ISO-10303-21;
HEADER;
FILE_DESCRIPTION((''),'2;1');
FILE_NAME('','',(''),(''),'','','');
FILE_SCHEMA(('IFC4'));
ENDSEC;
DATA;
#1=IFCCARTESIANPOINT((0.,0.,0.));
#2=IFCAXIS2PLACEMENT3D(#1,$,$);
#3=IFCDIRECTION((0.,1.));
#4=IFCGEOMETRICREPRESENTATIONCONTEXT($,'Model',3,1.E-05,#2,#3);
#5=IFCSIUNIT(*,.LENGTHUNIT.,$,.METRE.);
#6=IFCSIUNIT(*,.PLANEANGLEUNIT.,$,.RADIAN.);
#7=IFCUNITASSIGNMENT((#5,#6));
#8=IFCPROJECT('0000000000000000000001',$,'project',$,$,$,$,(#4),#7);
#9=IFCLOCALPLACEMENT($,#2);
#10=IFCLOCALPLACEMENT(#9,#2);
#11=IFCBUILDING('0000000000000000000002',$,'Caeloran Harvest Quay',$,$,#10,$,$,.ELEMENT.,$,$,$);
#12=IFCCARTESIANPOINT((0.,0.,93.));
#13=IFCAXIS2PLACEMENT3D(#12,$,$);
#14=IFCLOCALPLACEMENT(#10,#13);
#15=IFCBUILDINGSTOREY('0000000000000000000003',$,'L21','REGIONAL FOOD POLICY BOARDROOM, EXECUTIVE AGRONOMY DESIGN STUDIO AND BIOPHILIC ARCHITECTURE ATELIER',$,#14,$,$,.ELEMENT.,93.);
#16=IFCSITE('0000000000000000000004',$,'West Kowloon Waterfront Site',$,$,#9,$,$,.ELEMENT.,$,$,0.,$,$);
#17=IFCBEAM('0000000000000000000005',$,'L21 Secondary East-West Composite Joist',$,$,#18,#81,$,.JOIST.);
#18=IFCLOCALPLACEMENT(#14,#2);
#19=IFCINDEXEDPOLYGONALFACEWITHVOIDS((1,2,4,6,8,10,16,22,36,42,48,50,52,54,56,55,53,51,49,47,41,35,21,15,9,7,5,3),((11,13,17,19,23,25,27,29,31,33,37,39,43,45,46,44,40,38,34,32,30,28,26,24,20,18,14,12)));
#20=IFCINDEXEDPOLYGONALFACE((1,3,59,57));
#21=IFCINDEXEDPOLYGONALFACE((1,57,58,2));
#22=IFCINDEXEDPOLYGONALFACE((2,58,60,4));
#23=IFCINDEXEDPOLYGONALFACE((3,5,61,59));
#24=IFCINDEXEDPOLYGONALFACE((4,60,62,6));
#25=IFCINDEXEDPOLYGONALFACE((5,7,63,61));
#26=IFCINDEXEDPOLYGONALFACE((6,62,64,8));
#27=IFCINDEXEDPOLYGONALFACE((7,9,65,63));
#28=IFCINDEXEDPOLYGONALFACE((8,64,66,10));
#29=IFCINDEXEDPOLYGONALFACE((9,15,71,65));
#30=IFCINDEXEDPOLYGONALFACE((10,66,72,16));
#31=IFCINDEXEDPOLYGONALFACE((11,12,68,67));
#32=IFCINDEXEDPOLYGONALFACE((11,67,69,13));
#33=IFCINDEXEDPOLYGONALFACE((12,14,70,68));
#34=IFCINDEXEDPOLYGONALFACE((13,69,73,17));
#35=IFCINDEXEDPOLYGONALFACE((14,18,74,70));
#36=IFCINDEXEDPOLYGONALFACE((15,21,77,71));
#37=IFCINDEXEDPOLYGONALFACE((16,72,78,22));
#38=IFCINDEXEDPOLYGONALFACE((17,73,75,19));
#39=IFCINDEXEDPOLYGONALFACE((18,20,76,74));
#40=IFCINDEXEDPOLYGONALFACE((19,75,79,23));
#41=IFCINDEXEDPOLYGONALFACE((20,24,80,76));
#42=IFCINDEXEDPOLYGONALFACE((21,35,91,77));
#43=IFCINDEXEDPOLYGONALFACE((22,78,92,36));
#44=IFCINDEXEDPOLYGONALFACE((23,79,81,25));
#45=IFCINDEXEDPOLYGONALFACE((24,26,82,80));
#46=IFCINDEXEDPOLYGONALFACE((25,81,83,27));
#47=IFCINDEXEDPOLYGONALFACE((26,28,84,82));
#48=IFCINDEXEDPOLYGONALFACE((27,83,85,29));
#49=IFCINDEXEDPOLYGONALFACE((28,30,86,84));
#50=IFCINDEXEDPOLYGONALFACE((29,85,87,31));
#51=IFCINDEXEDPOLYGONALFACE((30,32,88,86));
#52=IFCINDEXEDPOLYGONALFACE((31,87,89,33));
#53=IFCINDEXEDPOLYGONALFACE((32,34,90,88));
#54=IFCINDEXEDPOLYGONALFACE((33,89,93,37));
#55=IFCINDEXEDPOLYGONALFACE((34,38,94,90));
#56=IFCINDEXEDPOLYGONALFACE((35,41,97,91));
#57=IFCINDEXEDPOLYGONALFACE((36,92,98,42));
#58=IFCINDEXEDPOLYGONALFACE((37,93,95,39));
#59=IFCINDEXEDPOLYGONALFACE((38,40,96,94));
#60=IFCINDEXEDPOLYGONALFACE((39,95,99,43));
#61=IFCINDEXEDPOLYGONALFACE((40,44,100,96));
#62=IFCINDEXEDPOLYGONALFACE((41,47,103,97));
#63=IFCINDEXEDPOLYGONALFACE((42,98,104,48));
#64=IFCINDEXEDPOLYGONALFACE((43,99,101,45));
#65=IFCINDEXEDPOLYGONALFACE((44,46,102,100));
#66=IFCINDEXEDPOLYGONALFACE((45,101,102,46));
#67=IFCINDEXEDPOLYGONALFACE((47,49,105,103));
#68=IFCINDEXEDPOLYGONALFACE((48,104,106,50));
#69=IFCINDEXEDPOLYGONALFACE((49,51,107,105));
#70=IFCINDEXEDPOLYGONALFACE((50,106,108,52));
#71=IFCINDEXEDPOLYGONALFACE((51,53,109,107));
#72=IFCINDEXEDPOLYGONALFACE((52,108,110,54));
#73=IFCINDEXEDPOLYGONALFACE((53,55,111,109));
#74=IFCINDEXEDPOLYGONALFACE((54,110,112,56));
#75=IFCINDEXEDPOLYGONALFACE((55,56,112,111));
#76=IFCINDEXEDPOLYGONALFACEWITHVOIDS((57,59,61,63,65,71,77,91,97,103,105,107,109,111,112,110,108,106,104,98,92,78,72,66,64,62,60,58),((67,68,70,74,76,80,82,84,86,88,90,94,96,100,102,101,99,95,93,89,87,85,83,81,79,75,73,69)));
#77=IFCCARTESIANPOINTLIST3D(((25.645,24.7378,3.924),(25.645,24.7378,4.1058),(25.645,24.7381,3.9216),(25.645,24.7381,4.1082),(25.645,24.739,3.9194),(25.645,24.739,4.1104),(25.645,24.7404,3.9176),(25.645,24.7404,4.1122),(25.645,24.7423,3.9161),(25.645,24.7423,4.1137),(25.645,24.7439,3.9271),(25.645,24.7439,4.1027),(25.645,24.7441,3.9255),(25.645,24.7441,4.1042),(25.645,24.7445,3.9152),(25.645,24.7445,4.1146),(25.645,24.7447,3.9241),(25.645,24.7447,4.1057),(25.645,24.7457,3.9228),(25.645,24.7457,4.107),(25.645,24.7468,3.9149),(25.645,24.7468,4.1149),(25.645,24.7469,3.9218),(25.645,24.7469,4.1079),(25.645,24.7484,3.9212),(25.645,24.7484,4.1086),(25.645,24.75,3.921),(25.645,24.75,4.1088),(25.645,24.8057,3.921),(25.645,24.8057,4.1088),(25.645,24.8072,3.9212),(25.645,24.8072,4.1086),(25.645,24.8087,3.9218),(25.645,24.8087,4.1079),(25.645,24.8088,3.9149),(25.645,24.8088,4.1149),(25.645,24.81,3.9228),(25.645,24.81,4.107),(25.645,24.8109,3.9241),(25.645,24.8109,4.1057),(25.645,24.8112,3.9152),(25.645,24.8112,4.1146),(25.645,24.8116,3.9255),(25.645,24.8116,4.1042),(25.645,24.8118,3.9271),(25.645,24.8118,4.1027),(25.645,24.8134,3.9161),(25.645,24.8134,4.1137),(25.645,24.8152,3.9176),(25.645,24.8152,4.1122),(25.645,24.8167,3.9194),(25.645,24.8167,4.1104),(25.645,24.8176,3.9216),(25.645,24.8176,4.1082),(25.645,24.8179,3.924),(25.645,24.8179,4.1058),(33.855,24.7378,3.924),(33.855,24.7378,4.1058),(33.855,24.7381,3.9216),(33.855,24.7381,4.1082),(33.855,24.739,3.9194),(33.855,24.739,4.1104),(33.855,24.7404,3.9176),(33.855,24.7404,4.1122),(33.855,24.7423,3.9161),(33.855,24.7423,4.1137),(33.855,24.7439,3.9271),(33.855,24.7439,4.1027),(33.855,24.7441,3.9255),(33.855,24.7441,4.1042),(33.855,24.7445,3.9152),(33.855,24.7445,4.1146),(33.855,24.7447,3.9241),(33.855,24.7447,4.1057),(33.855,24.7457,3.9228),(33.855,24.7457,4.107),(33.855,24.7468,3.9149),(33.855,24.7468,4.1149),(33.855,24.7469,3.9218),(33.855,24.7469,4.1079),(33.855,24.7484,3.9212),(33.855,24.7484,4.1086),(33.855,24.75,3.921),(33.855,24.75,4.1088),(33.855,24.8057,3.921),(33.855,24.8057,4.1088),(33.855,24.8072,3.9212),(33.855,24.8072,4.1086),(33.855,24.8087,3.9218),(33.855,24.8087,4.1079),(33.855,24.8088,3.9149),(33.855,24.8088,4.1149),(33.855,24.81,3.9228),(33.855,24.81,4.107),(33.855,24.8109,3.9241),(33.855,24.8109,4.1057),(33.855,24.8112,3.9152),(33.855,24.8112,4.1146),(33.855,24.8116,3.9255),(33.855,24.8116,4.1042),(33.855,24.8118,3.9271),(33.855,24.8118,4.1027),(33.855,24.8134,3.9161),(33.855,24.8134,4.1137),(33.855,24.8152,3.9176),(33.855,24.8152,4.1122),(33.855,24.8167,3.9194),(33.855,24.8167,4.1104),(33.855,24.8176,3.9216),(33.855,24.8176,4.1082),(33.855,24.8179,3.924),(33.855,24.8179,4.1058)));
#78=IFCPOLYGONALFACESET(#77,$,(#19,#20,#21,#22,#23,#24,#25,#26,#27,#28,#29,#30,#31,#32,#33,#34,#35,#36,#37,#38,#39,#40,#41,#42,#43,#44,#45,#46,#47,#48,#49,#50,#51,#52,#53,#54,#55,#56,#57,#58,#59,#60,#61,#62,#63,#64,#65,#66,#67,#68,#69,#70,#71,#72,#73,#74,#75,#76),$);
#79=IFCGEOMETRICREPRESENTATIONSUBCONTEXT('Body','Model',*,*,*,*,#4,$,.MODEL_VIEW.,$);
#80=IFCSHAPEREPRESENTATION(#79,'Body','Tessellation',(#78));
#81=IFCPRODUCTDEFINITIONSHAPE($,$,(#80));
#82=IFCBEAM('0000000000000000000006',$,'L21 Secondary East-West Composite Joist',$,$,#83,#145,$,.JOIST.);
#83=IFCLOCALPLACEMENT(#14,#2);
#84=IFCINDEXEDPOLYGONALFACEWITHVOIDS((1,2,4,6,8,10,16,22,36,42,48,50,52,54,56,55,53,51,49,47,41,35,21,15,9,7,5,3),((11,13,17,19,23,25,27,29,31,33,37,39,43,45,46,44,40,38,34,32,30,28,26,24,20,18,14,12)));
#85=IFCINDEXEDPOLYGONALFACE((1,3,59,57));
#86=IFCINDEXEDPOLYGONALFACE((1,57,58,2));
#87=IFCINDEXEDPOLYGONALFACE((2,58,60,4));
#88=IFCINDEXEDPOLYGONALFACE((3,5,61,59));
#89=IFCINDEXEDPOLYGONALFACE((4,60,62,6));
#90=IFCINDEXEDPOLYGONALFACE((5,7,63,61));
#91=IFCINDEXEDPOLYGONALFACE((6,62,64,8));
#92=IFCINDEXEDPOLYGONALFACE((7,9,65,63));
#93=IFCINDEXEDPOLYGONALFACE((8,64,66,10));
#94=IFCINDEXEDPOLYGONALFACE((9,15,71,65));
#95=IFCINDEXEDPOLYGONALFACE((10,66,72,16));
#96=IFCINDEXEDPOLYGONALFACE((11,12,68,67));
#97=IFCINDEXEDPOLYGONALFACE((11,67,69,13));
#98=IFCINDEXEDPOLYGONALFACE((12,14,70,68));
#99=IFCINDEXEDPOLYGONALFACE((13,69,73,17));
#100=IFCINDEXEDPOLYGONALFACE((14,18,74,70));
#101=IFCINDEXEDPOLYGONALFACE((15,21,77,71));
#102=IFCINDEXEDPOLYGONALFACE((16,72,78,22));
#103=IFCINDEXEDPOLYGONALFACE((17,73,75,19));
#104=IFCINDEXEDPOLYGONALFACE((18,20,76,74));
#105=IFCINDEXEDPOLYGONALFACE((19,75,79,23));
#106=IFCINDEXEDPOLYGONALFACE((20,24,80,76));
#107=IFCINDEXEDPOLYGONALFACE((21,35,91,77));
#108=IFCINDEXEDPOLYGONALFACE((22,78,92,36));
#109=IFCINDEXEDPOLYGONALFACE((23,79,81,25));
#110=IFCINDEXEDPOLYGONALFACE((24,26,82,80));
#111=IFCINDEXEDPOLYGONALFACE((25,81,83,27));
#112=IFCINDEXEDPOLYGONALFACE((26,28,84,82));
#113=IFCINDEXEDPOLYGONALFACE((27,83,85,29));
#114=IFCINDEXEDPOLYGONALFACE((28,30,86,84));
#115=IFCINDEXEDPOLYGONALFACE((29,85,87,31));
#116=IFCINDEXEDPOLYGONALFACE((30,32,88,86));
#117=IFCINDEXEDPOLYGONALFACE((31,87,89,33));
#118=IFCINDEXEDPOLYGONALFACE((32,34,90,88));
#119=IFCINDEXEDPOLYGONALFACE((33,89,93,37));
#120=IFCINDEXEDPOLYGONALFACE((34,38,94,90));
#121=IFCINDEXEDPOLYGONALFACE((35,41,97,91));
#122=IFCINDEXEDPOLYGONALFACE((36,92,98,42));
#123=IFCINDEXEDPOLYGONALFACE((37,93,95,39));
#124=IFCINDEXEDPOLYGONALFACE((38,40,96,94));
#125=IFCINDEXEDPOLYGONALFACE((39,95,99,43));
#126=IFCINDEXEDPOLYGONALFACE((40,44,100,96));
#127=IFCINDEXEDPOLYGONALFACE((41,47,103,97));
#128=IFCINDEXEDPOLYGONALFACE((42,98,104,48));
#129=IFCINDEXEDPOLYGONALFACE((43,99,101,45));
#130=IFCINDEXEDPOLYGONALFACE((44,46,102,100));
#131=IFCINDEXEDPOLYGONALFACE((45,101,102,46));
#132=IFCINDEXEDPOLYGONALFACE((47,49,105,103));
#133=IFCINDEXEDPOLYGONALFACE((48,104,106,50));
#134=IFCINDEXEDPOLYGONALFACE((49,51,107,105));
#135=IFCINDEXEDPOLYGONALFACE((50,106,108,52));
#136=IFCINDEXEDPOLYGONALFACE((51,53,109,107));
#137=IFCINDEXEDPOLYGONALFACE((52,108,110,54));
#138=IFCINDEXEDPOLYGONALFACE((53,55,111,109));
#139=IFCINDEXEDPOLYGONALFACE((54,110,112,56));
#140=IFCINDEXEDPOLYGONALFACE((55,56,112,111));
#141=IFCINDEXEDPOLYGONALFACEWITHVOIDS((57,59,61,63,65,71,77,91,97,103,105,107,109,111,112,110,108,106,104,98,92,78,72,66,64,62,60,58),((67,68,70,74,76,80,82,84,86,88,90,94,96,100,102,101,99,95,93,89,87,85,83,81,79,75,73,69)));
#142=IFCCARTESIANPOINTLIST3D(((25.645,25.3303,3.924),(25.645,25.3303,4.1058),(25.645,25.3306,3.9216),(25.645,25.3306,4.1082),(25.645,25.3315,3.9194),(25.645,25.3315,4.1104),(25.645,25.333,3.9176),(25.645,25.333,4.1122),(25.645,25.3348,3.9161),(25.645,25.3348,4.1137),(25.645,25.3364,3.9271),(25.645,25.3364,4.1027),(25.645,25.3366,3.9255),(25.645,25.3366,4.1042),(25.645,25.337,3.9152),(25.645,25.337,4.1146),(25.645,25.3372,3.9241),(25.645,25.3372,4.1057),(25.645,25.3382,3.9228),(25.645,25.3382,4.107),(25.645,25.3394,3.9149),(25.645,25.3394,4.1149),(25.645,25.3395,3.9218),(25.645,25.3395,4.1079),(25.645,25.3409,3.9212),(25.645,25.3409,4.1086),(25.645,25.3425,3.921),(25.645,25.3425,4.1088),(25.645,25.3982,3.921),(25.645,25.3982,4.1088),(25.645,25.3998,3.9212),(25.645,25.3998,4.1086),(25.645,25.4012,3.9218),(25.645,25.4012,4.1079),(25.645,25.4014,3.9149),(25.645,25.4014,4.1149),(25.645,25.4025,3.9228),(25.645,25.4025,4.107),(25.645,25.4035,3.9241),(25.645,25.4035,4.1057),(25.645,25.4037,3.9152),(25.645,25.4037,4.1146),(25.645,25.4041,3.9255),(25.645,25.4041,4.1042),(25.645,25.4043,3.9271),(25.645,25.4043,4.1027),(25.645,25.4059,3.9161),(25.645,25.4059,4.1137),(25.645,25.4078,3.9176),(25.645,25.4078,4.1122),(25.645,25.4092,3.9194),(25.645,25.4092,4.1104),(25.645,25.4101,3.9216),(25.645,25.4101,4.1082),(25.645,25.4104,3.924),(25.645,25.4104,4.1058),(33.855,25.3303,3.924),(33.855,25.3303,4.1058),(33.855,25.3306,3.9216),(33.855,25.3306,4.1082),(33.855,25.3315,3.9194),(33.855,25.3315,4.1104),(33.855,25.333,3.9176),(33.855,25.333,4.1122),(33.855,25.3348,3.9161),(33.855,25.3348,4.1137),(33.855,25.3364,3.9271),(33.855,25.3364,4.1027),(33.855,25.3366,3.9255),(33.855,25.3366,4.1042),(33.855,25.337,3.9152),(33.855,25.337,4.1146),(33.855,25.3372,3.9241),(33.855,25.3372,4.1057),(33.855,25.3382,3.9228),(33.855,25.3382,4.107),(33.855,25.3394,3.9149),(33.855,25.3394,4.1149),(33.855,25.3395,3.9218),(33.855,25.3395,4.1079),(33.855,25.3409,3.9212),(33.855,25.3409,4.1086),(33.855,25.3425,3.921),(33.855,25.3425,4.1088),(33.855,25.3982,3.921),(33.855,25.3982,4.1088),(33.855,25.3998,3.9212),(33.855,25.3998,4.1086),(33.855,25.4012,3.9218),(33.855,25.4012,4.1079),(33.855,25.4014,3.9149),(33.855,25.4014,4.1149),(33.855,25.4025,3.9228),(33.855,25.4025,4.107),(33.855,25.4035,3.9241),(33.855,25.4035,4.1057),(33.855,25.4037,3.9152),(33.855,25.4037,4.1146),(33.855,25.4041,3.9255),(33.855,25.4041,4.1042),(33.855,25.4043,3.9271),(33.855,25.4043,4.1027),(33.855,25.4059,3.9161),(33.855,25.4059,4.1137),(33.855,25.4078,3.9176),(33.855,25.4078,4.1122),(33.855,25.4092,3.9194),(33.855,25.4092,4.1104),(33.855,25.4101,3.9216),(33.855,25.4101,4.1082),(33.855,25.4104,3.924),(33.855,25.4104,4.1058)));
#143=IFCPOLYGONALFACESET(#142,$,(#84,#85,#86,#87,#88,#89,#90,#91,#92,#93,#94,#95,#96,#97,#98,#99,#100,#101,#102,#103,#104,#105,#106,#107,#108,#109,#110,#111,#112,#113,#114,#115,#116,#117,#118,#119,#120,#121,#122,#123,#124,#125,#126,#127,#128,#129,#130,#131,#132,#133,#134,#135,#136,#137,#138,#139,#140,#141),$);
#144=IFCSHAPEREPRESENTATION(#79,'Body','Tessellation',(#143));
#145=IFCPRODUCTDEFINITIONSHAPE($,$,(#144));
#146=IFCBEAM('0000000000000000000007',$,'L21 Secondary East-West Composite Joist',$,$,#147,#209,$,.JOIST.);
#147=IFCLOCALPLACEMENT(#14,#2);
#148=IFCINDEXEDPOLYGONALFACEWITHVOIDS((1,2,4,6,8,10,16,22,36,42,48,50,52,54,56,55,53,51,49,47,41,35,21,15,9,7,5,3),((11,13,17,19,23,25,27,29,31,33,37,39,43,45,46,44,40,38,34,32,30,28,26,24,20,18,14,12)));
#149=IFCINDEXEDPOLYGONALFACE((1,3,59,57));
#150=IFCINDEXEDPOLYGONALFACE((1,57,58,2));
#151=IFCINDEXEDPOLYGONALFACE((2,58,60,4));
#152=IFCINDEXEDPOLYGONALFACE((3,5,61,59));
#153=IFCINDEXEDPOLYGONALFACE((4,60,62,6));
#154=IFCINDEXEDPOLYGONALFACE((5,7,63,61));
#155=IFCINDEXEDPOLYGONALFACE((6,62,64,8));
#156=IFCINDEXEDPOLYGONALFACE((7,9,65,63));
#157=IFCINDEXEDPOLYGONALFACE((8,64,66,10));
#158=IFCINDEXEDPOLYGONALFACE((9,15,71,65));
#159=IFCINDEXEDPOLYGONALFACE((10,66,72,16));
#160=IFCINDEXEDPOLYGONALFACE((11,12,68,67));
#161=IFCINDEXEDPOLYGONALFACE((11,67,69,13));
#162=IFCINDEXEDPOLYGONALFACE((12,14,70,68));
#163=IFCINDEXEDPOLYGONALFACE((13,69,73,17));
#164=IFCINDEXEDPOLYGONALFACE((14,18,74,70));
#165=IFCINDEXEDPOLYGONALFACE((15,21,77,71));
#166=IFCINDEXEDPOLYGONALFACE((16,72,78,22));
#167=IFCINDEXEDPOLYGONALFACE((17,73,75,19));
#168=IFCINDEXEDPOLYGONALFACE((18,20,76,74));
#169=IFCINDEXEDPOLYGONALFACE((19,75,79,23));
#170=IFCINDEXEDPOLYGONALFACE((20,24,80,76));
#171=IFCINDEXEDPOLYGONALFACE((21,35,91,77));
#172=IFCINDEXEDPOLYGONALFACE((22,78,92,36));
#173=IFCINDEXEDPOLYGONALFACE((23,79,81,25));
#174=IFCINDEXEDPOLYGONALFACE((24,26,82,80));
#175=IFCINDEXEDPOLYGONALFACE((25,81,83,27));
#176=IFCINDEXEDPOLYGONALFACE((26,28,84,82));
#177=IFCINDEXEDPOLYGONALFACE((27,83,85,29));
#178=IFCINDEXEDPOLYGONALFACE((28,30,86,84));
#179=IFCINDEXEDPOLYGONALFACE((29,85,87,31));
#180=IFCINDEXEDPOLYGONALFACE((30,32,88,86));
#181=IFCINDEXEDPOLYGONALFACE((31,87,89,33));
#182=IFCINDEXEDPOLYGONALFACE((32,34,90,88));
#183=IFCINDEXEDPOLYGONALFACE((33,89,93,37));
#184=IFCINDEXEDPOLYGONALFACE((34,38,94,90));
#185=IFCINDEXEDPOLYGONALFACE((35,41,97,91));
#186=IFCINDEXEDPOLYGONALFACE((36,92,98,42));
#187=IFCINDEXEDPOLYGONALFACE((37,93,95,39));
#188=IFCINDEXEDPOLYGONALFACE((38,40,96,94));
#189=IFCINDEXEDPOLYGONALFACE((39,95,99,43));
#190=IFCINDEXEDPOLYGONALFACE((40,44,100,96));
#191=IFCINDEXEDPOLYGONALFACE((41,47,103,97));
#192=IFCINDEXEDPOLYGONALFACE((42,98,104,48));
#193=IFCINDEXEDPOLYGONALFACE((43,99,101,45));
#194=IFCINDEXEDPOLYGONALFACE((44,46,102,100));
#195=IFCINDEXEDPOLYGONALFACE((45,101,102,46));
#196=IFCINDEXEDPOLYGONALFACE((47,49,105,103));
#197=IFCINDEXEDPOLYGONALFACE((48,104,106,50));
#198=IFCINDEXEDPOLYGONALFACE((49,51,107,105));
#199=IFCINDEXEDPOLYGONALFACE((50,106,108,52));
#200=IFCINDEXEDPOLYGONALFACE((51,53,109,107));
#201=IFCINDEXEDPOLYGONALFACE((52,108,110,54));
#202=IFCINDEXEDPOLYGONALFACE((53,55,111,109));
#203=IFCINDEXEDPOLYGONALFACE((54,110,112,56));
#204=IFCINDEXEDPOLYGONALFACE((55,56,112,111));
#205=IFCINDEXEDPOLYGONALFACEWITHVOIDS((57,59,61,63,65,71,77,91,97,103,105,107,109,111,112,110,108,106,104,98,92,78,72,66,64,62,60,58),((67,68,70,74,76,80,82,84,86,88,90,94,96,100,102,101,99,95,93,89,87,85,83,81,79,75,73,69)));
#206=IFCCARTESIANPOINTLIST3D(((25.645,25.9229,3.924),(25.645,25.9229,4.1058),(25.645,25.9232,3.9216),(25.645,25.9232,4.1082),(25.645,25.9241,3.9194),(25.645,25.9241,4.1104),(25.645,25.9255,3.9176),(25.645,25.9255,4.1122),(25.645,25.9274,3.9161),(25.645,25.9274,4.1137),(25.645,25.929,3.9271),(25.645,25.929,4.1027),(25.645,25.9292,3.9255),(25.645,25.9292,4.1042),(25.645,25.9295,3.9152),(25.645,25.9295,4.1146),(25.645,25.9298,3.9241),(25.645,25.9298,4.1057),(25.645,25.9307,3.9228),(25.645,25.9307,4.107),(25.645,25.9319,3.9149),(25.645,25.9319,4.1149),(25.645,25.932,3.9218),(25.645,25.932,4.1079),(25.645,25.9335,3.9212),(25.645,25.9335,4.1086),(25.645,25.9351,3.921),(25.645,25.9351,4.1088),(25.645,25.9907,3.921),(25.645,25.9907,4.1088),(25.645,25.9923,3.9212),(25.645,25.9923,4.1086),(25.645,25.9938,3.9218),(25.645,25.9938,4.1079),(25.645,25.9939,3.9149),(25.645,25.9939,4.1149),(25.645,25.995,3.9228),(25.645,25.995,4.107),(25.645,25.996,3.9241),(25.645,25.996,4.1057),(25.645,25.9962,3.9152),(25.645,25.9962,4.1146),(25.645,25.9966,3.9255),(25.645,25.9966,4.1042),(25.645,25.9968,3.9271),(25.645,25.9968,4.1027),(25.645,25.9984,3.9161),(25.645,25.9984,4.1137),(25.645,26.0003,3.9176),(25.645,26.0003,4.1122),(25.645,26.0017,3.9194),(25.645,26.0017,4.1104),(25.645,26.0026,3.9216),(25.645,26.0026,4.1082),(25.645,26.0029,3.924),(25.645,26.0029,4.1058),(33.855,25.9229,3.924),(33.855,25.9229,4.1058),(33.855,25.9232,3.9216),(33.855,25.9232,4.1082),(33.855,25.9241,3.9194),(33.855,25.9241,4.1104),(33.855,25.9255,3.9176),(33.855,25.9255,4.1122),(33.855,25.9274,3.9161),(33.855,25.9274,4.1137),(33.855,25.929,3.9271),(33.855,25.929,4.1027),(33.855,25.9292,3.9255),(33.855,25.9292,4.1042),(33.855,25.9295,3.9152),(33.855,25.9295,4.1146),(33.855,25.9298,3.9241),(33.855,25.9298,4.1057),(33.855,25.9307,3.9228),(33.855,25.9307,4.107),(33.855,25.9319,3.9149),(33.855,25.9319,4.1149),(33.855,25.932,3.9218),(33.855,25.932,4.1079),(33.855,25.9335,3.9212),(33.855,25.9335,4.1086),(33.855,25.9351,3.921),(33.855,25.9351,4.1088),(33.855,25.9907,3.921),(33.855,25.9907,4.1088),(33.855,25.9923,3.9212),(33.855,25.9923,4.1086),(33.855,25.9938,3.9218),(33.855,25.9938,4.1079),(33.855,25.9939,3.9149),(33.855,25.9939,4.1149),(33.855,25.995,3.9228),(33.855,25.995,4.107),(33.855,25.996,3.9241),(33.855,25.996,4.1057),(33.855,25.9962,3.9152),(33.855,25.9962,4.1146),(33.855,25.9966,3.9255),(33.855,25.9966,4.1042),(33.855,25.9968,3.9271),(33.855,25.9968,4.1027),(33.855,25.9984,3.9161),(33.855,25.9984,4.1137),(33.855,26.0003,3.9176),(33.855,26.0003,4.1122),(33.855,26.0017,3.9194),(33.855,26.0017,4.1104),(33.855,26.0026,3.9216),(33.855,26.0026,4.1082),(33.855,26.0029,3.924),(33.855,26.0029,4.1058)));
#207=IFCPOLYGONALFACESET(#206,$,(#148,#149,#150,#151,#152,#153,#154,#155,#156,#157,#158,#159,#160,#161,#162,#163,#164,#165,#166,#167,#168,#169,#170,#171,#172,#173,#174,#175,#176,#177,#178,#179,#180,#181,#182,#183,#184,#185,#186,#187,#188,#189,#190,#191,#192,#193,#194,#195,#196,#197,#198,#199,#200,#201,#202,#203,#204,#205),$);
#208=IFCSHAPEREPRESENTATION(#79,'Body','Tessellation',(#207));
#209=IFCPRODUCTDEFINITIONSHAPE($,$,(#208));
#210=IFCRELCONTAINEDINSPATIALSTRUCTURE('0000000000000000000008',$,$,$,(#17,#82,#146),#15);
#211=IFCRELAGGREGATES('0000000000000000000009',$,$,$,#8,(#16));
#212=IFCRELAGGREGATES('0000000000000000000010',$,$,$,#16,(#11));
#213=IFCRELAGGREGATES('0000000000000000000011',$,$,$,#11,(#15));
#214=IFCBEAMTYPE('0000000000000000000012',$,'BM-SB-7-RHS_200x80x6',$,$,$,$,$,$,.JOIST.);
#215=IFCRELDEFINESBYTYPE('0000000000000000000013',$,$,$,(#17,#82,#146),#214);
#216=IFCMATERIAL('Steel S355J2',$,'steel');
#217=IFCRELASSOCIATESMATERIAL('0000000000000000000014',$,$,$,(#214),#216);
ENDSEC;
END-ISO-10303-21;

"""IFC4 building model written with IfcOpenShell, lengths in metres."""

from ifc_helpers import new_model, si_unit, direction, frame, origin, origin_2d, place, context, subcontext, project, spatial, hollow_rectangle, extrude, material, material_profile, profile_set, type_object, element, save


model = new_model("IFC4")

# Units and contexts
model_context = context("Model", 3, precision=1e-05, world=origin(), true_north=direction((0.0, 1.0)))
body_context = subcontext(model_context, "Body", "Model", "MODEL_VIEW")
ifc_project = project(units=[si_unit("LENGTHUNIT", "METRE"), si_unit("PLANEANGLEUNIT", "RADIAN")], contexts=[model_context])

# Site, building, storey
site_placement = place(None, origin())
site = spatial("IfcSite", under=ifc_project, at=site_placement, Name="West Kowloon Waterfront Site", CompositionType="ELEMENT", RefElevation=0.0)
building_placement = place(site_placement, origin())
building = spatial("IfcBuilding", under=site, at=building_placement, Name="Caeloran Harvest Quay", CompositionType="ELEMENT")
storey_placement = place(building_placement, frame((0.0, 0.0, 93.0)))
storey = spatial("IfcBuildingStorey", under=building, at=storey_placement, Name="L21", Description="REGIONAL FOOD POLICY BOARDROOM, EXECUTIVE AGRONOMY DESIGN STUDIO AND BIOPHILIC ARCHITECTURE ATELIER", CompositionType="ELEMENT", Elevation=93.0)

# Beams
ifc_material_1 = material(Name="Steel S355J2", Category="steel")
ifc_material_profile_1 = material_profile(ifc_material_1, hollow_rectangle(XDim=0.0801, YDim=0.2, WallThickness=0.0061, InnerFilletRadius=0.0061, OuterFilletRadius=0.009, at=origin_2d()), Name="RHS 200x80x6")
ifc_profile_set_1 = profile_set([ifc_material_profile_1], Name="Steel S355J2")
beam_type_1 = type_object("IfcBeamType", Name="BM-SB-7-RHS_200x80x6", PredefinedType="JOIST", material=ifc_profile_set_1)
for number, where, z_axis, x_axis, name in (
    (1, (25.645, 24.7778, 4.0149), (1.0, 0.0, 0.0), (0.0, 1.0, 0.0), "L21 Secondary East-West Composite Joist"),
    (2, (25.645, 25.3704, 4.0149), (1.0, 0.0, 0.0), (0.0, 1.0, 0.0), "L21 Secondary East-West Composite Joist"),
    (3, (25.645, 25.9629, 4.0149), (1.0, 0.0, 0.0), (0.0, 1.0, 0.0), "L21 Secondary East-West Composite Joist"),
):
    element("IfcBeam", number, at=place(storey_placement, frame(where, z_axis=z_axis, x_axis=x_axis)), inside=storey, type_object=beam_type_1, Name=name, PredefinedType="JOIST", context=body_context, shape_type="SweptSolid", body=[
        extrude(hollow_rectangle(XDim=0.0801, YDim=0.2, WallThickness=0.0061, InnerFilletRadius=0.0061, OuterFilletRadius=0.009, at=origin_2d()), origin(), (0.0, 0.0, 1.0), 8.21),
    ])

save(model, "model.ifc")
